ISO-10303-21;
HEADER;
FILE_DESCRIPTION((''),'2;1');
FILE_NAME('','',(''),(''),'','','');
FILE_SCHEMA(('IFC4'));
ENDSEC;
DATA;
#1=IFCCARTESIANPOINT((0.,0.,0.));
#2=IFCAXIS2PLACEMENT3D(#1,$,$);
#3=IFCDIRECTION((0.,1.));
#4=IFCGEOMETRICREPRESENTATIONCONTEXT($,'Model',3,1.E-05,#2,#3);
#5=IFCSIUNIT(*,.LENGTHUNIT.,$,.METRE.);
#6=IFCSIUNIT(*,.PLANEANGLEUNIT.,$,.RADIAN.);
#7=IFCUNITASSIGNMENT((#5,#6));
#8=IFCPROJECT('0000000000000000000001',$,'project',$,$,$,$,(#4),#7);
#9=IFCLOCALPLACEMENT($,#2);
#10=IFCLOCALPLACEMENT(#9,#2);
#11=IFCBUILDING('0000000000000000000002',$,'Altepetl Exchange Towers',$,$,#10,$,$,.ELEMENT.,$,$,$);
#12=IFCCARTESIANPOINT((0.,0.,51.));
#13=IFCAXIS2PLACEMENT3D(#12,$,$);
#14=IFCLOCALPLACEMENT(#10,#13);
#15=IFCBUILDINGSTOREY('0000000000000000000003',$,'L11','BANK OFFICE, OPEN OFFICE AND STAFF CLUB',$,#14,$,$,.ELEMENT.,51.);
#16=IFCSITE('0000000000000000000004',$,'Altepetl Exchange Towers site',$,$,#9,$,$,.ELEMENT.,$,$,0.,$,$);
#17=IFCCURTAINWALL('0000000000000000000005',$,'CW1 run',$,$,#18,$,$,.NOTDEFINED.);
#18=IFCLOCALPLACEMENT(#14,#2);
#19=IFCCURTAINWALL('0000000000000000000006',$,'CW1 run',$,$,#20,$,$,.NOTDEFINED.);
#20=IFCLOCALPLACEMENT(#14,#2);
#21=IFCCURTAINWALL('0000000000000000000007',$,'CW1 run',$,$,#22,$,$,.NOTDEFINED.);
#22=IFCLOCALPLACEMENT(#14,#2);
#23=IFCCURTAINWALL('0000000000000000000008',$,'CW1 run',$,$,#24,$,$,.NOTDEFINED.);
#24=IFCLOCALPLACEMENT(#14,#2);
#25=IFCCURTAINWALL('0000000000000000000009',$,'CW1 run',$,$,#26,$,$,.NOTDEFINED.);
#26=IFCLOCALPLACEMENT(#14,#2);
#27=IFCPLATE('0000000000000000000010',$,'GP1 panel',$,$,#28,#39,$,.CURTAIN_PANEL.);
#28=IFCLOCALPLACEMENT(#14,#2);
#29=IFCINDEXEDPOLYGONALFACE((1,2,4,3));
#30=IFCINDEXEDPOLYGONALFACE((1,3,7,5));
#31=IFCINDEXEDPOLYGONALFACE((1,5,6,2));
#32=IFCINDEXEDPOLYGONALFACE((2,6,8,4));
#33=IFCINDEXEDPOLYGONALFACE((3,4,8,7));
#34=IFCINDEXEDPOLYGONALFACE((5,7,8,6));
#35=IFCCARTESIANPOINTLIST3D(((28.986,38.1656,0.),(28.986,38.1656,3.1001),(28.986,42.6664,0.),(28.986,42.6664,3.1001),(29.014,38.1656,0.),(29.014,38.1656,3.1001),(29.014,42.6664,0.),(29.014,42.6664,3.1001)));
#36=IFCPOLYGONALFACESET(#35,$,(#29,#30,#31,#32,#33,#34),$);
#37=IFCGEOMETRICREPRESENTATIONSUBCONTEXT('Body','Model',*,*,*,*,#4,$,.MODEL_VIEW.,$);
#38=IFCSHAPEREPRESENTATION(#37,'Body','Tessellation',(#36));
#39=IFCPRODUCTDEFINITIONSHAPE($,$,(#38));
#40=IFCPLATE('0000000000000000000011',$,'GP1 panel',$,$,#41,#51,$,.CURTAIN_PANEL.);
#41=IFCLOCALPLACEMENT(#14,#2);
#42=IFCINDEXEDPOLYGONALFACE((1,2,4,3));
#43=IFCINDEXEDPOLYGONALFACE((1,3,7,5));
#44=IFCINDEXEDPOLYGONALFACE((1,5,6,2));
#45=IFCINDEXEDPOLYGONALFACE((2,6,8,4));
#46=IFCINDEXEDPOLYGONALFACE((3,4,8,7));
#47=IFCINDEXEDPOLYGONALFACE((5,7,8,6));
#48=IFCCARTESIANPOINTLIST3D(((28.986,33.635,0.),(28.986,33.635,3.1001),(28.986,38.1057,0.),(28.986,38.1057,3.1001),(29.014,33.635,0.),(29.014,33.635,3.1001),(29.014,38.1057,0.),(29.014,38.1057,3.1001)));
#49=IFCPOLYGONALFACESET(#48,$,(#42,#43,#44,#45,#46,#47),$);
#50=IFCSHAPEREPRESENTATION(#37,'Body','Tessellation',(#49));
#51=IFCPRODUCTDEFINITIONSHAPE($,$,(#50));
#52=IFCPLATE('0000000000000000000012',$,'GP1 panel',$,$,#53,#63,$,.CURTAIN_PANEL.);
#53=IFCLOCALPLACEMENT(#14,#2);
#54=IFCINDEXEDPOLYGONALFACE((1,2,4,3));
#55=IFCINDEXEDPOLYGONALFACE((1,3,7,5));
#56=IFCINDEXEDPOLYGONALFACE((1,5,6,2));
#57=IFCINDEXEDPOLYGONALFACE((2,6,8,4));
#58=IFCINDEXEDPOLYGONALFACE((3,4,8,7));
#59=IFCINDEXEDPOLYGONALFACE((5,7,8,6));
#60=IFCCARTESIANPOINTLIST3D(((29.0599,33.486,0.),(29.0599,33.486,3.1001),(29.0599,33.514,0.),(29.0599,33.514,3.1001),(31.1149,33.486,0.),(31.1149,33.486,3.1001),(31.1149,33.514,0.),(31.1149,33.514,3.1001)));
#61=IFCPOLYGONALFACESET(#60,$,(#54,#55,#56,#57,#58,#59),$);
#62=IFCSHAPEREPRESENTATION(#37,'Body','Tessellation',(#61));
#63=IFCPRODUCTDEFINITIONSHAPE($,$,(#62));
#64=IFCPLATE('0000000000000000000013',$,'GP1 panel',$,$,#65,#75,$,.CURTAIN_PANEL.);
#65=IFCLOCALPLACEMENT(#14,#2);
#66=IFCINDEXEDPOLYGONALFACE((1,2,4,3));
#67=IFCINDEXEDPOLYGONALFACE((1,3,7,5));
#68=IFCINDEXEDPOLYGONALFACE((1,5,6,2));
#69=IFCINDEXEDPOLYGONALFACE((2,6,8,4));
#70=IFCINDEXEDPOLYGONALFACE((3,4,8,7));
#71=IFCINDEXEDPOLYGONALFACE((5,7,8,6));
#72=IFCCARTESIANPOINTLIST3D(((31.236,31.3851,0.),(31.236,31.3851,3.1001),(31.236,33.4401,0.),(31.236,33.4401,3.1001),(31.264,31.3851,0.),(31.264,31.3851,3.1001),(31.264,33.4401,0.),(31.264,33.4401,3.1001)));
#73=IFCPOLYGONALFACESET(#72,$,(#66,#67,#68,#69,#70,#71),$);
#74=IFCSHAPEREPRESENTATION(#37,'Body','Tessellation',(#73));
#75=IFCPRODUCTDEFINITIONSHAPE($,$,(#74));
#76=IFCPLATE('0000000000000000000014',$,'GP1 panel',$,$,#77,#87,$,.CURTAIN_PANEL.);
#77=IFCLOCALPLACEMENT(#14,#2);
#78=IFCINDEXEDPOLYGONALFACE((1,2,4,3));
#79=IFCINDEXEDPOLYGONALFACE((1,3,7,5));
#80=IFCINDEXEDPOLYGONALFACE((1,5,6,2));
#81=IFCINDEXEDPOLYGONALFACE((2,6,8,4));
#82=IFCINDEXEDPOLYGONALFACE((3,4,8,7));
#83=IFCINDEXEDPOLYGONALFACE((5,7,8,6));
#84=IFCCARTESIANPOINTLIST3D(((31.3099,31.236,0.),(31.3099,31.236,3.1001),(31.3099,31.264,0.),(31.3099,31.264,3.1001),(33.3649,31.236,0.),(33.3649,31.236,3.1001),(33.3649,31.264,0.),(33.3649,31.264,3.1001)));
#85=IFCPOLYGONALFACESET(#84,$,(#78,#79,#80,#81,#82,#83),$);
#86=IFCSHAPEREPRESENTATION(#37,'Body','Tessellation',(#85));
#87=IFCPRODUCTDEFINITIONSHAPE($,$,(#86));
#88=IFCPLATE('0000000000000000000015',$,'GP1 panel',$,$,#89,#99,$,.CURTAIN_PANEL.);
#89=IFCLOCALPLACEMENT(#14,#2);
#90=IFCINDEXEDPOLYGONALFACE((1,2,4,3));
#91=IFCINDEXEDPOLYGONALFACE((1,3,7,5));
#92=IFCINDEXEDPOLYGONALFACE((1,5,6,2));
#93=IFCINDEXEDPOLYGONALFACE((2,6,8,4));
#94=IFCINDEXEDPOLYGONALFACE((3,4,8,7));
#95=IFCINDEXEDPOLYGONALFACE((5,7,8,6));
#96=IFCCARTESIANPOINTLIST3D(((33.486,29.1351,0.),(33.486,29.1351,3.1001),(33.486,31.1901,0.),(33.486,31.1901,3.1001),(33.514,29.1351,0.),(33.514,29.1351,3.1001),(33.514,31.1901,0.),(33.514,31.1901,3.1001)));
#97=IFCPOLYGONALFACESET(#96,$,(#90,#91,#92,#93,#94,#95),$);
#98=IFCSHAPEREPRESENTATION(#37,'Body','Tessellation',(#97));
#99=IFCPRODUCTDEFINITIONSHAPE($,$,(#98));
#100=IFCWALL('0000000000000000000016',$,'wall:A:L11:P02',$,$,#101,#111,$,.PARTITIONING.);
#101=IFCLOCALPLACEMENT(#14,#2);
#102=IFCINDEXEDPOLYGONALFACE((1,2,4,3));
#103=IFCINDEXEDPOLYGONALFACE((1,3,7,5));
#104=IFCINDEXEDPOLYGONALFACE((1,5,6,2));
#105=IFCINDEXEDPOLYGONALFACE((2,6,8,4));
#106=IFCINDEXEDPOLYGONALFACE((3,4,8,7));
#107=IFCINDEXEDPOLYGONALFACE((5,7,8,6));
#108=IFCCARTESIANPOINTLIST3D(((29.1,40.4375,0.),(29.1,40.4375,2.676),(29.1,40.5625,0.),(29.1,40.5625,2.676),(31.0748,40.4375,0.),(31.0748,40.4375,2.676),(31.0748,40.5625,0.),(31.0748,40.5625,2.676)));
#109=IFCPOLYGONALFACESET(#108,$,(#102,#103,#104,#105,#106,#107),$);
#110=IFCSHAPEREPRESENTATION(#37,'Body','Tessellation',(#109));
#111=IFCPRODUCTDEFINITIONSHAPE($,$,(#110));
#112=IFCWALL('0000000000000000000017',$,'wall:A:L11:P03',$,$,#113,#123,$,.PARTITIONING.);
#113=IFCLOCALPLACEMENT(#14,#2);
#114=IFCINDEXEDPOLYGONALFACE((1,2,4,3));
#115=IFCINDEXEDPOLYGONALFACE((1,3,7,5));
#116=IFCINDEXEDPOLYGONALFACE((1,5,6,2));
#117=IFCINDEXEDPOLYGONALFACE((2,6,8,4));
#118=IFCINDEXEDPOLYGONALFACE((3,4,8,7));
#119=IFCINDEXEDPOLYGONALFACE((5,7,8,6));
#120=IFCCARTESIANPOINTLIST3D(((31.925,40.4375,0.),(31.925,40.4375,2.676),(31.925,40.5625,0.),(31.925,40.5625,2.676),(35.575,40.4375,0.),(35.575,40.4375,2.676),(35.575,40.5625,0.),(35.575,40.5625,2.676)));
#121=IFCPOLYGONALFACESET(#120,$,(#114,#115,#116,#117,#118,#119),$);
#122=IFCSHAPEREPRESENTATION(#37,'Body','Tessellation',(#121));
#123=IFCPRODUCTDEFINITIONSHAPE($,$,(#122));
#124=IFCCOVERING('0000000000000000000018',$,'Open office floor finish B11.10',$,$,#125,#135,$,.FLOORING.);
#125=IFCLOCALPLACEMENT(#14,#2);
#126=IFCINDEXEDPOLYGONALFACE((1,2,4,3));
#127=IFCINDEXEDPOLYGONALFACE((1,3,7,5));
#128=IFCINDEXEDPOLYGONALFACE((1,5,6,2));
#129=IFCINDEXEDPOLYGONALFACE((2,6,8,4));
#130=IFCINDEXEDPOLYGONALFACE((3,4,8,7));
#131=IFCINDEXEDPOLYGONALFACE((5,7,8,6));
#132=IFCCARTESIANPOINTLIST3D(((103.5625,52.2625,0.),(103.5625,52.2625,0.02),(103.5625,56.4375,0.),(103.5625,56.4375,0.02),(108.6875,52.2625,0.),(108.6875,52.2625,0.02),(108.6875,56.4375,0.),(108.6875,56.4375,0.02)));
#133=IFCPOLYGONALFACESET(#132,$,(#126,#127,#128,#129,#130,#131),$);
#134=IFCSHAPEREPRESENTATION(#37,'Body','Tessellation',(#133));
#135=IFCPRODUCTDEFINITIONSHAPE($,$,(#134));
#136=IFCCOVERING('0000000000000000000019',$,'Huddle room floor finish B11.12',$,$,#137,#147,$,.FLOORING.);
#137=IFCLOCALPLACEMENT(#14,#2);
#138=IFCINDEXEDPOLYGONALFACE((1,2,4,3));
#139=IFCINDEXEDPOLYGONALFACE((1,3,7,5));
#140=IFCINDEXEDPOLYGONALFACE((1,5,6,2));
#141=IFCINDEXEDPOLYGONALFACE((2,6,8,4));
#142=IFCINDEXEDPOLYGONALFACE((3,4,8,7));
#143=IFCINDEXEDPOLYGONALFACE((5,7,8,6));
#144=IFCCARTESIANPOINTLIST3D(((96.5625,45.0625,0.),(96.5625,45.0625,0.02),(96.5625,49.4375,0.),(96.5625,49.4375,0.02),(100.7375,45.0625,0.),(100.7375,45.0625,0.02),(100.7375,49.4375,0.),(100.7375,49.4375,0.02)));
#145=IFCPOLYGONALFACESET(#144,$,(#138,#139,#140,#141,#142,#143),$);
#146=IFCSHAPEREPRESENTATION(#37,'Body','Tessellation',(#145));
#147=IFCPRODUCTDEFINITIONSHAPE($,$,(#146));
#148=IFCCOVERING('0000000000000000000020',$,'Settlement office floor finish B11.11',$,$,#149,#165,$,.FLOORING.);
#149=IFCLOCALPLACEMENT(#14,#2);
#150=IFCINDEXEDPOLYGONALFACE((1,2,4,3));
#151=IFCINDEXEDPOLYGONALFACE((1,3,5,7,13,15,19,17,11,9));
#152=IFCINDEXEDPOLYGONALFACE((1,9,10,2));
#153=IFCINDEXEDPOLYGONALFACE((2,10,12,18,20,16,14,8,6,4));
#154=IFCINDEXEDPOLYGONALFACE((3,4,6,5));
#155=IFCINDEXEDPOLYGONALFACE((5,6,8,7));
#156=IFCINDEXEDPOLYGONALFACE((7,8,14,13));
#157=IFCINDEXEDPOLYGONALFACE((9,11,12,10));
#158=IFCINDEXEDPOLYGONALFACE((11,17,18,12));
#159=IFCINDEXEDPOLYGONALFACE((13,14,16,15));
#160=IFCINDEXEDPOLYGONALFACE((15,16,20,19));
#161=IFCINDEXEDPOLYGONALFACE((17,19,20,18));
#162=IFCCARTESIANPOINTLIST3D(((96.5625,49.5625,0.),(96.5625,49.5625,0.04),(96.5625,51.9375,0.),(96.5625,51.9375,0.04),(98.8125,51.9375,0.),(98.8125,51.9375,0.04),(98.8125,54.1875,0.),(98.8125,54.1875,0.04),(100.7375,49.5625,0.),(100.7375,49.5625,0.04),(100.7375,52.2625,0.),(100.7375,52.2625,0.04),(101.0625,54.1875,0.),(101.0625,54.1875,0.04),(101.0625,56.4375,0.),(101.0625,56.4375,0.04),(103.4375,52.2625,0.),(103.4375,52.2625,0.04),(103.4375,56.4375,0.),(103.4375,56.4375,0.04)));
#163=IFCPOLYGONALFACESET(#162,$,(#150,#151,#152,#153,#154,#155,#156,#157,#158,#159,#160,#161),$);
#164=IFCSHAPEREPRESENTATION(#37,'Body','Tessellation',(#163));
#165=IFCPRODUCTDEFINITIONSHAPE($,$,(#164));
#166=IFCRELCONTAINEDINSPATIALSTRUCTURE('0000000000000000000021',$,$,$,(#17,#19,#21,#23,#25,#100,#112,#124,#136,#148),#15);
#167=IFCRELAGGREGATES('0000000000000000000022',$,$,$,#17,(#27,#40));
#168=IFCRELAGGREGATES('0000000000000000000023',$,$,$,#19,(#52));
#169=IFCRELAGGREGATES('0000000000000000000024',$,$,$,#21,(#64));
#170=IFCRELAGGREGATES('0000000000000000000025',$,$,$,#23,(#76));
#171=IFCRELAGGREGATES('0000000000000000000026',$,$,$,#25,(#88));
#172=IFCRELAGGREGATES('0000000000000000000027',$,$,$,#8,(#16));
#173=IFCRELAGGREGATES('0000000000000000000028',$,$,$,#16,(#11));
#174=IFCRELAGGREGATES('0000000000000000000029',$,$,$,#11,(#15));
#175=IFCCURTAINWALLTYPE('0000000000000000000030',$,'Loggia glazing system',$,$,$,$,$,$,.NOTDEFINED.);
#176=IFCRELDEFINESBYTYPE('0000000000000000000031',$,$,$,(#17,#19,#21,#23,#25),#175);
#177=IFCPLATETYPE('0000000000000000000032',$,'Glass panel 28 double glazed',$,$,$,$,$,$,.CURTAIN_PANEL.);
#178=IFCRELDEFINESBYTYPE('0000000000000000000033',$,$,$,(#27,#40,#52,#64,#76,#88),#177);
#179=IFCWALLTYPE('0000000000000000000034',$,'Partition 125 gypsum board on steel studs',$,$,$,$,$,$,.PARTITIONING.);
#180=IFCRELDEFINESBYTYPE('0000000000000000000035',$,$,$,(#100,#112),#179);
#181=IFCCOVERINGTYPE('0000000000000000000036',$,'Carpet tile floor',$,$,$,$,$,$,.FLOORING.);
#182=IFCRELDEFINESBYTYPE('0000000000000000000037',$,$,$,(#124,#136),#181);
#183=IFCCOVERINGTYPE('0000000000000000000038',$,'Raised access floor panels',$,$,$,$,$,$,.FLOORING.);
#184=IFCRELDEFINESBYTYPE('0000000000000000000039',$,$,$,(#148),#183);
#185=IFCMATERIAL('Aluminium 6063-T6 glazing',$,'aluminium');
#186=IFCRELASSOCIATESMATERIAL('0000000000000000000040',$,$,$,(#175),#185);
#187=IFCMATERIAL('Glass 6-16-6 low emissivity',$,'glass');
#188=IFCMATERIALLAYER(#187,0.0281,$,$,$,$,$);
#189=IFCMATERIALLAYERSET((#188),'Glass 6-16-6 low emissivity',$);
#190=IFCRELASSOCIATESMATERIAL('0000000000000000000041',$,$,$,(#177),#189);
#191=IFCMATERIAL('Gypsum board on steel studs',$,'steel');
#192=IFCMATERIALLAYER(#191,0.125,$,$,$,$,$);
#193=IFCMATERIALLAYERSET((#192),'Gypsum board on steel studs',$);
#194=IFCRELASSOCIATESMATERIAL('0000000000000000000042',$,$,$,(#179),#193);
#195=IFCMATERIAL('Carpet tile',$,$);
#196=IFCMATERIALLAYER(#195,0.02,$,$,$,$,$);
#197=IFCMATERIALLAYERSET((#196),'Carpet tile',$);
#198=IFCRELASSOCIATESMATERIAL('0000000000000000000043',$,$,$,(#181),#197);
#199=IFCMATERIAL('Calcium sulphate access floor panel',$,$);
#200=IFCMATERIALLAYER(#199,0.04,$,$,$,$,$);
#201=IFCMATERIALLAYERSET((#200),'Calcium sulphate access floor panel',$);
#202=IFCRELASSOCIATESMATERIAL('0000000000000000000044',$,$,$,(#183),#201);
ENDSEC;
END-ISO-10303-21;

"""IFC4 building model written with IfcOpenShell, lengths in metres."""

from ifc_helpers import new_model, si_unit, direction, frame, frame_2d, origin, origin_2d, place, context, subcontext, project, spatial, polyline, rectangle, outline, extrude, material, layer, layer_set, type_object, element, aggregate, save


model = new_model("IFC4")

# Units and contexts
model_context = context("Model", 3, precision=1e-05, world=origin(), true_north=direction((0.0, 1.0)))
body_context = subcontext(model_context, "Body", "Model", "MODEL_VIEW")
ifc_project = project(units=[si_unit("LENGTHUNIT", "METRE"), si_unit("PLANEANGLEUNIT", "RADIAN")], contexts=[model_context])

# Site, building, storey
site_placement = place(None, origin())
site = spatial("IfcSite", under=ifc_project, at=site_placement, Name="Altepetl Exchange Towers site", CompositionType="ELEMENT", RefElevation=0.0)
building_placement = place(site_placement, origin())
building = spatial("IfcBuilding", under=site, at=building_placement, Name="Altepetl Exchange Towers", CompositionType="ELEMENT")
storey_placement = place(building_placement, frame((0.0, 0.0, 51.0)))
storey = spatial("IfcBuildingStorey", under=building, at=storey_placement, Name="L11", Description="BANK OFFICE, OPEN OFFICE AND STAFF CLUB", CompositionType="ELEMENT", Elevation=51.0)

# Curtain walls
ifc_material_1 = material(Name="Aluminium 6063-T6 glazing", Category="aluminium")
curtain_wall_type = type_object("IfcCurtainWallType", Name="Loggia glazing system", PredefinedType="NOTDEFINED", material=ifc_material_1)
curtain_wall_1_placement = place(storey_placement, origin())
curtain_wall_1 = element("IfcCurtainWall", 1, at=curtain_wall_1_placement, inside=storey, type_object=curtain_wall_type, Name="CW1 run", PredefinedType="NOTDEFINED")
curtain_wall_2_placement = place(storey_placement, origin())
curtain_wall_2 = element("IfcCurtainWall", 2, at=curtain_wall_2_placement, inside=storey, type_object=curtain_wall_type, Name="CW1 run", PredefinedType="NOTDEFINED")
curtain_wall_3_placement = place(storey_placement, origin())
curtain_wall_3 = element("IfcCurtainWall", 3, at=curtain_wall_3_placement, inside=storey, type_object=curtain_wall_type, Name="CW1 run", PredefinedType="NOTDEFINED")
curtain_wall_4_placement = place(storey_placement, origin())
curtain_wall_4 = element("IfcCurtainWall", 4, at=curtain_wall_4_placement, inside=storey, type_object=curtain_wall_type, Name="CW1 run", PredefinedType="NOTDEFINED")

# Curtain wall
curtain_wall_5_placement = place(storey_placement, origin())
curtain_wall_5 = element("IfcCurtainWall", 5, at=curtain_wall_5_placement, inside=storey, type_object=curtain_wall_type, Name="CW1 run", PredefinedType="NOTDEFINED")

# Plates
ifc_material_2 = material(Name="Glass 6-16-6 low emissivity", Category="glass")
ifc_layer_1 = layer(ifc_material_2, 0.0281)
ifc_layer_set_1 = layer_set([ifc_layer_1], Name="Glass 6-16-6 low emissivity")
plate_type = type_object("IfcPlateType", Name="Glass panel 28 double glazed", PredefinedType="CURTAIN_PANEL", material=ifc_layer_set_1)
plate_1_placement = place(storey_placement, frame((29.0, 40.416, 0.0), z_axis=(0.0, 0.0, 1.0), x_axis=(0.0, -1.0, 0.0)))
plate_1 = element("IfcPlate", 6, at=plate_1_placement, type_object=plate_type, Name="GP1 panel", PredefinedType="CURTAIN_PANEL", context=body_context, shape_type="SweptSolid", body=[
    extrude(rectangle(XDim=4.5007, YDim=0.0281, at=origin_2d()), origin(), (0.0, 0.0, 1.0), 3.1001),
])
plate_2_placement = place(storey_placement, frame((29.0, 35.8704, 0.0), z_axis=(0.0, 0.0, 1.0), x_axis=(0.0, -1.0, 0.0)))
plate_2 = element("IfcPlate", 7, at=plate_2_placement, type_object=plate_type, Name="GP1 panel", PredefinedType="CURTAIN_PANEL", context=body_context, shape_type="SweptSolid", body=[
    extrude(rectangle(XDim=4.4707, YDim=0.0281, at=origin_2d()), origin(), (0.0, 0.0, 1.0), 3.1001),
])
aggregate(curtain_wall_1, [plate_1, plate_2])
plate_3_placement = place(storey_placement, frame((30.0874, 33.5, 0.0)))
plate_3 = element("IfcPlate", 8, at=plate_3_placement, type_object=plate_type, Name="GP1 panel", PredefinedType="CURTAIN_PANEL", context=body_context, shape_type="SweptSolid", body=[
    extrude(rectangle(XDim=2.0549, YDim=0.0281, at=origin_2d()), origin(), (0.0, 0.0, 1.0), 3.1001),
])
aggregate(curtain_wall_2, [plate_3])
plate_4_placement = place(storey_placement, frame((31.25, 32.4126, 0.0), z_axis=(0.0, 0.0, 1.0), x_axis=(0.0, -1.0, 0.0)))
plate_4 = element("IfcPlate", 9, at=plate_4_placement, type_object=plate_type, Name="GP1 panel", PredefinedType="CURTAIN_PANEL", context=body_context, shape_type="SweptSolid", body=[
    extrude(rectangle(XDim=2.0549, YDim=0.0281, at=origin_2d()), origin(), (0.0, 0.0, 1.0), 3.1001),
])
aggregate(curtain_wall_3, [plate_4])
plate_5_placement = place(storey_placement, frame((32.3374, 31.25, 0.0)))
plate_5 = element("IfcPlate", 10, at=plate_5_placement, type_object=plate_type, Name="GP1 panel", PredefinedType="CURTAIN_PANEL", context=body_context, shape_type="SweptSolid", body=[
    extrude(rectangle(XDim=2.0549, YDim=0.0281, at=origin_2d()), origin(), (0.0, 0.0, 1.0), 3.1001),
])
aggregate(curtain_wall_4, [plate_5])
plate_6_placement = place(storey_placement, frame((33.5, 30.1626, 0.0), z_axis=(0.0, 0.0, 1.0), x_axis=(0.0, -1.0, 0.0)))
plate_6 = element("IfcPlate", 11, at=plate_6_placement, type_object=plate_type, Name="GP1 panel", PredefinedType="CURTAIN_PANEL", context=body_context, shape_type="SweptSolid", body=[
    extrude(rectangle(XDim=2.0549, YDim=0.0281, at=origin_2d()), origin(), (0.0, 0.0, 1.0), 3.1001),
])
aggregate(curtain_wall_5, [plate_6])

# Walls
ifc_material_3 = material(Name="Gypsum board on steel studs", Category="steel")
ifc_layer_2 = layer(ifc_material_3, 0.125)
ifc_layer_set_2 = layer_set([ifc_layer_2], Name="Gypsum board on steel studs")
wall_type = type_object("IfcWallType", Name="Partition 125 gypsum board on steel studs", PredefinedType="PARTITIONING", material=ifc_layer_set_2)
wall_1_placement = place(storey_placement, frame((29.1001, 40.5, 0.0)))
element("IfcWall", 12, at=wall_1_placement, inside=storey, type_object=wall_type, Name="wall:A:L11:P02", PredefinedType="PARTITIONING", context=body_context, shape_type="SweptSolid", body=[
    extrude(rectangle(XDim=1.9749, YDim=0.125, at=frame_2d((0.9873, 0.0))), origin(), (0.0, 0.0, 1.0), 2.676),
])
wall_2_placement = place(storey_placement, frame((31.925, 40.5, 0.0)))
element("IfcWall", 13, at=wall_2_placement, inside=storey, type_object=wall_type, Name="wall:A:L11:P03", PredefinedType="PARTITIONING", context=body_context, shape_type="SweptSolid", body=[
    extrude(rectangle(XDim=3.6499, YDim=0.125, at=frame_2d((1.825, 0.0))), origin(), (0.0, 0.0, 1.0), 2.676),
])

# Coverings
ifc_material_4 = material(Name="Carpet tile")
ifc_layer_3 = layer(ifc_material_4, 0.02)
ifc_layer_set_3 = layer_set([ifc_layer_3], Name="Carpet tile")
covering_type_1 = type_object("IfcCoveringType", Name="Carpet tile floor", PredefinedType="FLOORING", material=ifc_layer_set_3)
covering_1_placement = place(storey_placement, origin())
element("IfcCovering", 14, at=covering_1_placement, inside=storey, type_object=covering_type_1, Name="Open office floor finish B11.10", PredefinedType="FLOORING", context=body_context, shape_type="SweptSolid", body=[
    extrude(outline(polyline([(108.6875, 56.4375), (103.5625, 56.4375), (103.5625, 52.2625), (108.6875, 52.2625), (108.6875, 56.4375)])), origin(), (0.0, 0.0, 1.0), 0.02),
])
covering_2_placement = place(storey_placement, origin())
element("IfcCovering", 15, at=covering_2_placement, inside=storey, type_object=covering_type_1, Name="Huddle room floor finish B11.12", PredefinedType="FLOORING", context=body_context, shape_type="SweptSolid", body=[
    extrude(outline(polyline([(100.7375, 49.4375), (96.5625, 49.4375), (96.5625, 45.0625), (100.7375, 45.0625), (100.7375, 49.4375)])), origin(), (0.0, 0.0, 1.0), 0.02),
])
ifc_material_5 = material(Name="Calcium sulphate access floor panel")
ifc_layer_4 = layer(ifc_material_5, 0.04)
ifc_layer_set_4 = layer_set([ifc_layer_4], Name="Calcium sulphate access floor panel")
covering_type_2 = type_object("IfcCoveringType", Name="Raised access floor panels", PredefinedType="FLOORING", material=ifc_layer_set_4)
covering_3_placement = place(storey_placement, origin())
element("IfcCovering", 16, at=covering_3_placement, inside=storey, type_object=covering_type_2, Name="Settlement office floor finish B11.11", PredefinedType="FLOORING", context=body_context, shape_type="SweptSolid", body=[
    extrude(outline(polyline([(101.0625, 56.4375), (101.0625, 54.1875), (98.8125, 54.1875), (98.8125, 51.9375), (96.5625, 51.9375), (96.5625, 49.5625), (100.7375, 49.5625), (100.7375, 52.2625), (103.4375, 52.2625), (103.4375, 56.4375), (101.0625, 56.4375)])), origin(), (0.0, 0.0, 1.0), 0.04),
])

save(model, "model.ifc")
